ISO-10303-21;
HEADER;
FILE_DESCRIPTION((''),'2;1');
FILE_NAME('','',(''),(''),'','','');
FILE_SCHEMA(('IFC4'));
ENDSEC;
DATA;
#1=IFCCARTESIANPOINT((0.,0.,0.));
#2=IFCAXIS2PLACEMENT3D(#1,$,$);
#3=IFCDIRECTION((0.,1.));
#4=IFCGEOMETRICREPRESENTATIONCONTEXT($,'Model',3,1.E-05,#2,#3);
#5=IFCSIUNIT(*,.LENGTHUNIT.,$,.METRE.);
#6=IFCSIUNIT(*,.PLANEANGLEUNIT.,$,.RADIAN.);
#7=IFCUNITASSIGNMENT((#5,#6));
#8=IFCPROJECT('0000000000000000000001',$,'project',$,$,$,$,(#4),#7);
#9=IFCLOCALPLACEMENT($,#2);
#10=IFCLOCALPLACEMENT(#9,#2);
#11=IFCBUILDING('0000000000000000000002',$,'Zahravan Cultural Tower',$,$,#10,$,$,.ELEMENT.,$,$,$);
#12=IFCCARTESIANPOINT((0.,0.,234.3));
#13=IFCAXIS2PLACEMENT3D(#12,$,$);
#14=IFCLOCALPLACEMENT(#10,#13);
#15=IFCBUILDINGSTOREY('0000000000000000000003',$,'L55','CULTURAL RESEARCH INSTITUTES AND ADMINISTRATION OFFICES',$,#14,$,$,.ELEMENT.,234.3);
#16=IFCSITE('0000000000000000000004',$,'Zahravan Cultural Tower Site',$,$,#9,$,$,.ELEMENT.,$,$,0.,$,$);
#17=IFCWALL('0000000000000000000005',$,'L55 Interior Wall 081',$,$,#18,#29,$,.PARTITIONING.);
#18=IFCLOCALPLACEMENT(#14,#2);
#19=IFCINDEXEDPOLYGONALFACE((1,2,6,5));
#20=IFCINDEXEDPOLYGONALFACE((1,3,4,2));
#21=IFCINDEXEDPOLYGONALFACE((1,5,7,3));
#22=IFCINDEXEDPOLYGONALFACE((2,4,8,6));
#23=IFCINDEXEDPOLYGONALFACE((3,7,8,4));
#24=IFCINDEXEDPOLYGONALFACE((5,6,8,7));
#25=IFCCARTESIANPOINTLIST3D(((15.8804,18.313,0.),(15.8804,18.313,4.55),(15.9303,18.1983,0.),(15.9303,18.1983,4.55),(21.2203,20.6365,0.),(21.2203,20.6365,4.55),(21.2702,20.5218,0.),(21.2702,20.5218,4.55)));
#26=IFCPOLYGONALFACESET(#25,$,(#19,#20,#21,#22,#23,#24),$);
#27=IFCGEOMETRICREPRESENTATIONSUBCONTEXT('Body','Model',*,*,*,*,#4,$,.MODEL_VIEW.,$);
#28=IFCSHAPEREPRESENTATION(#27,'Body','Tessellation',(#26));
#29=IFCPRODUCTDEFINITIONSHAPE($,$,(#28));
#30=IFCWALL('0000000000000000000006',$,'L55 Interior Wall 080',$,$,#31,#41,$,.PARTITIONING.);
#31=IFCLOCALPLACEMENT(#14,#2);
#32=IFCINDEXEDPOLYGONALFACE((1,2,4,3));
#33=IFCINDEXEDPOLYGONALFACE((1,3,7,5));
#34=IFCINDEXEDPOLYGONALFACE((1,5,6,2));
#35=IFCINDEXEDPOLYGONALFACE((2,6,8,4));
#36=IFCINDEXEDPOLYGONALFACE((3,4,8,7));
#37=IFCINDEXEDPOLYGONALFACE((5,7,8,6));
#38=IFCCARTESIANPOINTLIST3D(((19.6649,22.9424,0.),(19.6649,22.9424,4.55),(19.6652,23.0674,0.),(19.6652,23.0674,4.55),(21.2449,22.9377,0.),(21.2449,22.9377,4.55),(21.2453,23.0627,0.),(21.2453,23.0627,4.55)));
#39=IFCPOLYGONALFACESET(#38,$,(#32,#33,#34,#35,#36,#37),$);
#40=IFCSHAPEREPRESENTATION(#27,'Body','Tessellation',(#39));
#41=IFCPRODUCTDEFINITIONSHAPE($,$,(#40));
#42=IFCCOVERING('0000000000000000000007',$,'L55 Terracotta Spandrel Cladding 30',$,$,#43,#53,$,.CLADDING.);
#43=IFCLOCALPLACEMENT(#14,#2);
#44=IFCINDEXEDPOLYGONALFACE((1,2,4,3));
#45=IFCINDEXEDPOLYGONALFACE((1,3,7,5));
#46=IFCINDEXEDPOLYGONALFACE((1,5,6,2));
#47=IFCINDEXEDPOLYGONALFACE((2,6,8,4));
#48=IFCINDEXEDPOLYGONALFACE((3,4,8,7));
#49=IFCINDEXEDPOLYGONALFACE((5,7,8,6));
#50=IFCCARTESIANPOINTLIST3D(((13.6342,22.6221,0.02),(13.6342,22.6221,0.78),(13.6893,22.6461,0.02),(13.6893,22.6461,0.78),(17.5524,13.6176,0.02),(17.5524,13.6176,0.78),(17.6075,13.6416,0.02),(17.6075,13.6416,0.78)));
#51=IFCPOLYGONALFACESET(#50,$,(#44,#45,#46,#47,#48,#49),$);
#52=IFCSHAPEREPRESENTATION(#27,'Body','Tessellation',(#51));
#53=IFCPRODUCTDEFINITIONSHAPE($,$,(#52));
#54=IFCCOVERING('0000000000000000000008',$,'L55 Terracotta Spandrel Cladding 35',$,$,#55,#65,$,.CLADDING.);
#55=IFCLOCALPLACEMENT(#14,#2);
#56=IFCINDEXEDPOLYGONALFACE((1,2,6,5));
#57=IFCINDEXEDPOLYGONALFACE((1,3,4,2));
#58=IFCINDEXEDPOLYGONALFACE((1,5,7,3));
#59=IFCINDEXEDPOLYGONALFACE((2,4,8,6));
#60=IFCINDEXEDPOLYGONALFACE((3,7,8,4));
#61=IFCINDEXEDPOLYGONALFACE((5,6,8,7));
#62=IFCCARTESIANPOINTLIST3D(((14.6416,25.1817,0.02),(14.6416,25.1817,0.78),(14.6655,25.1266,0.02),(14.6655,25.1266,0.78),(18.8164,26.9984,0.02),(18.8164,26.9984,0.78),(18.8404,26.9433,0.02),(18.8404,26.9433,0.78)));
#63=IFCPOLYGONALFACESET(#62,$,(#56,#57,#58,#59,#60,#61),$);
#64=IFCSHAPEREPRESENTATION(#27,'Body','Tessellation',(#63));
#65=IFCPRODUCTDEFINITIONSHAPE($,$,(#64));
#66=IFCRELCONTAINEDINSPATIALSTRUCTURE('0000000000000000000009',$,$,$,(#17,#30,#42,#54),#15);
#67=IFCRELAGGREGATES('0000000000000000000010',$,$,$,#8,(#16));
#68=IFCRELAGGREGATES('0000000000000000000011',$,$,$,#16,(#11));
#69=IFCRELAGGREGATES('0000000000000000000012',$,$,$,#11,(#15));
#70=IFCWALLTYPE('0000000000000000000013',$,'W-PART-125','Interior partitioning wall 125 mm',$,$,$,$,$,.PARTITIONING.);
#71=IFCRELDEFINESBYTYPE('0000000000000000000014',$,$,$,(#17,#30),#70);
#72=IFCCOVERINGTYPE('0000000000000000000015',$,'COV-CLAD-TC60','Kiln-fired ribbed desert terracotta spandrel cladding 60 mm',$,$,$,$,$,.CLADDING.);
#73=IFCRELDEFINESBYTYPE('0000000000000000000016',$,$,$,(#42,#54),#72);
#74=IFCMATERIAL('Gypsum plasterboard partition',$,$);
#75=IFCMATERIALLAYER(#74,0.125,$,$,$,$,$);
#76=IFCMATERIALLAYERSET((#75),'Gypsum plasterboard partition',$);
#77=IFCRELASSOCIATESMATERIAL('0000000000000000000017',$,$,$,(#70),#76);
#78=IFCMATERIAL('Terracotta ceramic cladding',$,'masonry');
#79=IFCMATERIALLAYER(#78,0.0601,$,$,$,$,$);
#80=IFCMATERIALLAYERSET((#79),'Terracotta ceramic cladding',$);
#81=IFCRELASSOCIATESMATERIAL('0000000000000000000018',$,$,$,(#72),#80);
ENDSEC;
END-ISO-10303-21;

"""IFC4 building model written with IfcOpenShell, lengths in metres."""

from ifc_helpers import new_model, si_unit, direction, frame, frame_2d, origin, origin_2d, place, context, subcontext, project, spatial, rectangle, extrude, source, transform, mapped, material, layer, layer_set, type_object, element, save


model = new_model("IFC4")

# Units and contexts
model_context = context("Model", 3, precision=1e-05, world=origin(), true_north=direction((0.0, 1.0)))
body_context = subcontext(model_context, "Body", "Model", "MODEL_VIEW")
ifc_project = project(units=[si_unit("LENGTHUNIT", "METRE"), si_unit("PLANEANGLEUNIT", "RADIAN")], contexts=[model_context])

# Site, building, storey
site_placement = place(None, origin())
site = spatial("IfcSite", under=ifc_project, at=site_placement, Name="Zahravan Cultural Tower Site", CompositionType="ELEMENT", RefElevation=0.0)
building_placement = place(site_placement, origin())
building = spatial("IfcBuilding", under=site, at=building_placement, Name="Zahravan Cultural Tower", CompositionType="ELEMENT")
storey_placement = place(building_placement, frame((0.0, 0.0, 234.3)))
storey = spatial("IfcBuildingStorey", under=building, at=storey_placement, Name="L55", Description="CULTURAL RESEARCH INSTITUTES AND ADMINISTRATION OFFICES", CompositionType="ELEMENT", Elevation=234.3)

# Walls
ifc_material_1 = material(Name="Gypsum plasterboard partition")
ifc_layer_1 = layer(ifc_material_1, 0.125)
ifc_layer_set_1 = layer_set([ifc_layer_1], Name="Gypsum plasterboard partition")
wall_type_1 = type_object("IfcWallType", Name="W-PART-125", Description="Interior partitioning wall 125 mm", PredefinedType="PARTITIONING", material=ifc_layer_set_1)
shared_shape_1 = source(origin(), body_context, "Body", "SweptSolid", [
    extrude(rectangle(XDim=5.8235, YDim=0.125, at=frame_2d((2.9116, 0.0))), origin(), (0.0, 0.0, 1.0), 4.55),
])
wall_1_placement = place(storey_placement, frame((21.2451, 20.5791, 0.0), z_axis=(0.0, 0.0, 1.0), x_axis=(-0.916956, -0.398988, 0.0)))
element("IfcWall", 1, at=wall_1_placement, inside=storey, type_object=wall_type_1, Name="L55 Interior Wall 081", PredefinedType="PARTITIONING", context=body_context, shape_type="MappedRepresentation", body=[
    mapped(shared_shape_1, transform((0.0, 0.0, 0.0), x_axis=(1.0, 0.0, 0.0), y_axis=(0.0, 1.0, 0.0), z_axis=(0.0, 0.0, 1.0), scale=1.0)),
])
shared_shape_2 = source(origin(), body_context, "Body", "SweptSolid", [
    extrude(rectangle(XDim=1.5801, YDim=0.125, at=frame_2d((0.79, 0.0))), origin(), (0.0, 0.0, 1.0), 4.55),
])
wall_2_placement = place(storey_placement, frame((19.665, 23.0049, 0.0), z_axis=(0.0, 0.0, 1.0), x_axis=(0.999996, -0.002936, 0.0)))
element("IfcWall", 2, at=wall_2_placement, inside=storey, type_object=wall_type_1, Name="L55 Interior Wall 080", PredefinedType="PARTITIONING", context=body_context, shape_type="MappedRepresentation", body=[
    mapped(shared_shape_2, transform((0.0, 0.0, 0.0), x_axis=(1.0, 0.0, 0.0), y_axis=(0.0, 1.0, 0.0), z_axis=(0.0, 0.0, 1.0), scale=1.0)),
])

# Coverings
ifc_material_2 = material(Name="Terracotta ceramic cladding", Category="masonry")
ifc_layer_2 = layer(ifc_material_2, 0.0601)
ifc_layer_set_2 = layer_set([ifc_layer_2], Name="Terracotta ceramic cladding")
covering_type = type_object("IfcCoveringType", Name="COV-CLAD-TC60", Description="Kiln-fired ribbed desert terracotta spandrel cladding 60 mm", PredefinedType="CLADDING", material=ifc_layer_set_2)
shared_shape_3 = source(origin(), body_context, "Body", "SweptSolid", [
    extrude(rectangle(XDim=9.8201, YDim=0.0601, at=origin_2d()), origin(), (0.0, 0.0, 1.0), 0.76),
])
covering_1_placement = place(storey_placement, frame((15.6208, 18.1318, 0.02), z_axis=(0.0, 0.0, 1.0), x_axis=(-0.399005, 0.916949, 0.0)))
element("IfcCovering", 3, at=covering_1_placement, inside=storey, type_object=covering_type, Name="L55 Terracotta Spandrel Cladding 30", PredefinedType="CLADDING", context=body_context, shape_type="MappedRepresentation", body=[
    mapped(shared_shape_3, transform((0.0, 0.0, 0.0), x_axis=(1.0, 0.0, 0.0), y_axis=(0.0, 1.0, 0.0), z_axis=(0.0, 0.0, 1.0), scale=1.0)),
])
shared_shape_4 = source(origin(), body_context, "Body", "SweptSolid", [
    extrude(rectangle(XDim=4.553, YDim=0.0601, at=origin_2d()), origin(), (0.0, 0.0, 1.0), 0.76),
])
covering_2_placement = place(storey_placement, frame((16.741, 26.0625, 0.02), z_axis=(0.0, 0.0, 1.0), x_axis=(0.916949, 0.399005, 0.0)))
element("IfcCovering", 4, at=covering_2_placement, inside=storey, type_object=covering_type, Name="L55 Terracotta Spandrel Cladding 35", PredefinedType="CLADDING", context=body_context, shape_type="MappedRepresentation", body=[
    mapped(shared_shape_4, transform((0.0, 0.0, 0.0), x_axis=(1.0, 0.0, 0.0), y_axis=(0.0, 1.0, 0.0), z_axis=(0.0, 0.0, 1.0), scale=1.0)),
])

save(model, "model.ifc")
